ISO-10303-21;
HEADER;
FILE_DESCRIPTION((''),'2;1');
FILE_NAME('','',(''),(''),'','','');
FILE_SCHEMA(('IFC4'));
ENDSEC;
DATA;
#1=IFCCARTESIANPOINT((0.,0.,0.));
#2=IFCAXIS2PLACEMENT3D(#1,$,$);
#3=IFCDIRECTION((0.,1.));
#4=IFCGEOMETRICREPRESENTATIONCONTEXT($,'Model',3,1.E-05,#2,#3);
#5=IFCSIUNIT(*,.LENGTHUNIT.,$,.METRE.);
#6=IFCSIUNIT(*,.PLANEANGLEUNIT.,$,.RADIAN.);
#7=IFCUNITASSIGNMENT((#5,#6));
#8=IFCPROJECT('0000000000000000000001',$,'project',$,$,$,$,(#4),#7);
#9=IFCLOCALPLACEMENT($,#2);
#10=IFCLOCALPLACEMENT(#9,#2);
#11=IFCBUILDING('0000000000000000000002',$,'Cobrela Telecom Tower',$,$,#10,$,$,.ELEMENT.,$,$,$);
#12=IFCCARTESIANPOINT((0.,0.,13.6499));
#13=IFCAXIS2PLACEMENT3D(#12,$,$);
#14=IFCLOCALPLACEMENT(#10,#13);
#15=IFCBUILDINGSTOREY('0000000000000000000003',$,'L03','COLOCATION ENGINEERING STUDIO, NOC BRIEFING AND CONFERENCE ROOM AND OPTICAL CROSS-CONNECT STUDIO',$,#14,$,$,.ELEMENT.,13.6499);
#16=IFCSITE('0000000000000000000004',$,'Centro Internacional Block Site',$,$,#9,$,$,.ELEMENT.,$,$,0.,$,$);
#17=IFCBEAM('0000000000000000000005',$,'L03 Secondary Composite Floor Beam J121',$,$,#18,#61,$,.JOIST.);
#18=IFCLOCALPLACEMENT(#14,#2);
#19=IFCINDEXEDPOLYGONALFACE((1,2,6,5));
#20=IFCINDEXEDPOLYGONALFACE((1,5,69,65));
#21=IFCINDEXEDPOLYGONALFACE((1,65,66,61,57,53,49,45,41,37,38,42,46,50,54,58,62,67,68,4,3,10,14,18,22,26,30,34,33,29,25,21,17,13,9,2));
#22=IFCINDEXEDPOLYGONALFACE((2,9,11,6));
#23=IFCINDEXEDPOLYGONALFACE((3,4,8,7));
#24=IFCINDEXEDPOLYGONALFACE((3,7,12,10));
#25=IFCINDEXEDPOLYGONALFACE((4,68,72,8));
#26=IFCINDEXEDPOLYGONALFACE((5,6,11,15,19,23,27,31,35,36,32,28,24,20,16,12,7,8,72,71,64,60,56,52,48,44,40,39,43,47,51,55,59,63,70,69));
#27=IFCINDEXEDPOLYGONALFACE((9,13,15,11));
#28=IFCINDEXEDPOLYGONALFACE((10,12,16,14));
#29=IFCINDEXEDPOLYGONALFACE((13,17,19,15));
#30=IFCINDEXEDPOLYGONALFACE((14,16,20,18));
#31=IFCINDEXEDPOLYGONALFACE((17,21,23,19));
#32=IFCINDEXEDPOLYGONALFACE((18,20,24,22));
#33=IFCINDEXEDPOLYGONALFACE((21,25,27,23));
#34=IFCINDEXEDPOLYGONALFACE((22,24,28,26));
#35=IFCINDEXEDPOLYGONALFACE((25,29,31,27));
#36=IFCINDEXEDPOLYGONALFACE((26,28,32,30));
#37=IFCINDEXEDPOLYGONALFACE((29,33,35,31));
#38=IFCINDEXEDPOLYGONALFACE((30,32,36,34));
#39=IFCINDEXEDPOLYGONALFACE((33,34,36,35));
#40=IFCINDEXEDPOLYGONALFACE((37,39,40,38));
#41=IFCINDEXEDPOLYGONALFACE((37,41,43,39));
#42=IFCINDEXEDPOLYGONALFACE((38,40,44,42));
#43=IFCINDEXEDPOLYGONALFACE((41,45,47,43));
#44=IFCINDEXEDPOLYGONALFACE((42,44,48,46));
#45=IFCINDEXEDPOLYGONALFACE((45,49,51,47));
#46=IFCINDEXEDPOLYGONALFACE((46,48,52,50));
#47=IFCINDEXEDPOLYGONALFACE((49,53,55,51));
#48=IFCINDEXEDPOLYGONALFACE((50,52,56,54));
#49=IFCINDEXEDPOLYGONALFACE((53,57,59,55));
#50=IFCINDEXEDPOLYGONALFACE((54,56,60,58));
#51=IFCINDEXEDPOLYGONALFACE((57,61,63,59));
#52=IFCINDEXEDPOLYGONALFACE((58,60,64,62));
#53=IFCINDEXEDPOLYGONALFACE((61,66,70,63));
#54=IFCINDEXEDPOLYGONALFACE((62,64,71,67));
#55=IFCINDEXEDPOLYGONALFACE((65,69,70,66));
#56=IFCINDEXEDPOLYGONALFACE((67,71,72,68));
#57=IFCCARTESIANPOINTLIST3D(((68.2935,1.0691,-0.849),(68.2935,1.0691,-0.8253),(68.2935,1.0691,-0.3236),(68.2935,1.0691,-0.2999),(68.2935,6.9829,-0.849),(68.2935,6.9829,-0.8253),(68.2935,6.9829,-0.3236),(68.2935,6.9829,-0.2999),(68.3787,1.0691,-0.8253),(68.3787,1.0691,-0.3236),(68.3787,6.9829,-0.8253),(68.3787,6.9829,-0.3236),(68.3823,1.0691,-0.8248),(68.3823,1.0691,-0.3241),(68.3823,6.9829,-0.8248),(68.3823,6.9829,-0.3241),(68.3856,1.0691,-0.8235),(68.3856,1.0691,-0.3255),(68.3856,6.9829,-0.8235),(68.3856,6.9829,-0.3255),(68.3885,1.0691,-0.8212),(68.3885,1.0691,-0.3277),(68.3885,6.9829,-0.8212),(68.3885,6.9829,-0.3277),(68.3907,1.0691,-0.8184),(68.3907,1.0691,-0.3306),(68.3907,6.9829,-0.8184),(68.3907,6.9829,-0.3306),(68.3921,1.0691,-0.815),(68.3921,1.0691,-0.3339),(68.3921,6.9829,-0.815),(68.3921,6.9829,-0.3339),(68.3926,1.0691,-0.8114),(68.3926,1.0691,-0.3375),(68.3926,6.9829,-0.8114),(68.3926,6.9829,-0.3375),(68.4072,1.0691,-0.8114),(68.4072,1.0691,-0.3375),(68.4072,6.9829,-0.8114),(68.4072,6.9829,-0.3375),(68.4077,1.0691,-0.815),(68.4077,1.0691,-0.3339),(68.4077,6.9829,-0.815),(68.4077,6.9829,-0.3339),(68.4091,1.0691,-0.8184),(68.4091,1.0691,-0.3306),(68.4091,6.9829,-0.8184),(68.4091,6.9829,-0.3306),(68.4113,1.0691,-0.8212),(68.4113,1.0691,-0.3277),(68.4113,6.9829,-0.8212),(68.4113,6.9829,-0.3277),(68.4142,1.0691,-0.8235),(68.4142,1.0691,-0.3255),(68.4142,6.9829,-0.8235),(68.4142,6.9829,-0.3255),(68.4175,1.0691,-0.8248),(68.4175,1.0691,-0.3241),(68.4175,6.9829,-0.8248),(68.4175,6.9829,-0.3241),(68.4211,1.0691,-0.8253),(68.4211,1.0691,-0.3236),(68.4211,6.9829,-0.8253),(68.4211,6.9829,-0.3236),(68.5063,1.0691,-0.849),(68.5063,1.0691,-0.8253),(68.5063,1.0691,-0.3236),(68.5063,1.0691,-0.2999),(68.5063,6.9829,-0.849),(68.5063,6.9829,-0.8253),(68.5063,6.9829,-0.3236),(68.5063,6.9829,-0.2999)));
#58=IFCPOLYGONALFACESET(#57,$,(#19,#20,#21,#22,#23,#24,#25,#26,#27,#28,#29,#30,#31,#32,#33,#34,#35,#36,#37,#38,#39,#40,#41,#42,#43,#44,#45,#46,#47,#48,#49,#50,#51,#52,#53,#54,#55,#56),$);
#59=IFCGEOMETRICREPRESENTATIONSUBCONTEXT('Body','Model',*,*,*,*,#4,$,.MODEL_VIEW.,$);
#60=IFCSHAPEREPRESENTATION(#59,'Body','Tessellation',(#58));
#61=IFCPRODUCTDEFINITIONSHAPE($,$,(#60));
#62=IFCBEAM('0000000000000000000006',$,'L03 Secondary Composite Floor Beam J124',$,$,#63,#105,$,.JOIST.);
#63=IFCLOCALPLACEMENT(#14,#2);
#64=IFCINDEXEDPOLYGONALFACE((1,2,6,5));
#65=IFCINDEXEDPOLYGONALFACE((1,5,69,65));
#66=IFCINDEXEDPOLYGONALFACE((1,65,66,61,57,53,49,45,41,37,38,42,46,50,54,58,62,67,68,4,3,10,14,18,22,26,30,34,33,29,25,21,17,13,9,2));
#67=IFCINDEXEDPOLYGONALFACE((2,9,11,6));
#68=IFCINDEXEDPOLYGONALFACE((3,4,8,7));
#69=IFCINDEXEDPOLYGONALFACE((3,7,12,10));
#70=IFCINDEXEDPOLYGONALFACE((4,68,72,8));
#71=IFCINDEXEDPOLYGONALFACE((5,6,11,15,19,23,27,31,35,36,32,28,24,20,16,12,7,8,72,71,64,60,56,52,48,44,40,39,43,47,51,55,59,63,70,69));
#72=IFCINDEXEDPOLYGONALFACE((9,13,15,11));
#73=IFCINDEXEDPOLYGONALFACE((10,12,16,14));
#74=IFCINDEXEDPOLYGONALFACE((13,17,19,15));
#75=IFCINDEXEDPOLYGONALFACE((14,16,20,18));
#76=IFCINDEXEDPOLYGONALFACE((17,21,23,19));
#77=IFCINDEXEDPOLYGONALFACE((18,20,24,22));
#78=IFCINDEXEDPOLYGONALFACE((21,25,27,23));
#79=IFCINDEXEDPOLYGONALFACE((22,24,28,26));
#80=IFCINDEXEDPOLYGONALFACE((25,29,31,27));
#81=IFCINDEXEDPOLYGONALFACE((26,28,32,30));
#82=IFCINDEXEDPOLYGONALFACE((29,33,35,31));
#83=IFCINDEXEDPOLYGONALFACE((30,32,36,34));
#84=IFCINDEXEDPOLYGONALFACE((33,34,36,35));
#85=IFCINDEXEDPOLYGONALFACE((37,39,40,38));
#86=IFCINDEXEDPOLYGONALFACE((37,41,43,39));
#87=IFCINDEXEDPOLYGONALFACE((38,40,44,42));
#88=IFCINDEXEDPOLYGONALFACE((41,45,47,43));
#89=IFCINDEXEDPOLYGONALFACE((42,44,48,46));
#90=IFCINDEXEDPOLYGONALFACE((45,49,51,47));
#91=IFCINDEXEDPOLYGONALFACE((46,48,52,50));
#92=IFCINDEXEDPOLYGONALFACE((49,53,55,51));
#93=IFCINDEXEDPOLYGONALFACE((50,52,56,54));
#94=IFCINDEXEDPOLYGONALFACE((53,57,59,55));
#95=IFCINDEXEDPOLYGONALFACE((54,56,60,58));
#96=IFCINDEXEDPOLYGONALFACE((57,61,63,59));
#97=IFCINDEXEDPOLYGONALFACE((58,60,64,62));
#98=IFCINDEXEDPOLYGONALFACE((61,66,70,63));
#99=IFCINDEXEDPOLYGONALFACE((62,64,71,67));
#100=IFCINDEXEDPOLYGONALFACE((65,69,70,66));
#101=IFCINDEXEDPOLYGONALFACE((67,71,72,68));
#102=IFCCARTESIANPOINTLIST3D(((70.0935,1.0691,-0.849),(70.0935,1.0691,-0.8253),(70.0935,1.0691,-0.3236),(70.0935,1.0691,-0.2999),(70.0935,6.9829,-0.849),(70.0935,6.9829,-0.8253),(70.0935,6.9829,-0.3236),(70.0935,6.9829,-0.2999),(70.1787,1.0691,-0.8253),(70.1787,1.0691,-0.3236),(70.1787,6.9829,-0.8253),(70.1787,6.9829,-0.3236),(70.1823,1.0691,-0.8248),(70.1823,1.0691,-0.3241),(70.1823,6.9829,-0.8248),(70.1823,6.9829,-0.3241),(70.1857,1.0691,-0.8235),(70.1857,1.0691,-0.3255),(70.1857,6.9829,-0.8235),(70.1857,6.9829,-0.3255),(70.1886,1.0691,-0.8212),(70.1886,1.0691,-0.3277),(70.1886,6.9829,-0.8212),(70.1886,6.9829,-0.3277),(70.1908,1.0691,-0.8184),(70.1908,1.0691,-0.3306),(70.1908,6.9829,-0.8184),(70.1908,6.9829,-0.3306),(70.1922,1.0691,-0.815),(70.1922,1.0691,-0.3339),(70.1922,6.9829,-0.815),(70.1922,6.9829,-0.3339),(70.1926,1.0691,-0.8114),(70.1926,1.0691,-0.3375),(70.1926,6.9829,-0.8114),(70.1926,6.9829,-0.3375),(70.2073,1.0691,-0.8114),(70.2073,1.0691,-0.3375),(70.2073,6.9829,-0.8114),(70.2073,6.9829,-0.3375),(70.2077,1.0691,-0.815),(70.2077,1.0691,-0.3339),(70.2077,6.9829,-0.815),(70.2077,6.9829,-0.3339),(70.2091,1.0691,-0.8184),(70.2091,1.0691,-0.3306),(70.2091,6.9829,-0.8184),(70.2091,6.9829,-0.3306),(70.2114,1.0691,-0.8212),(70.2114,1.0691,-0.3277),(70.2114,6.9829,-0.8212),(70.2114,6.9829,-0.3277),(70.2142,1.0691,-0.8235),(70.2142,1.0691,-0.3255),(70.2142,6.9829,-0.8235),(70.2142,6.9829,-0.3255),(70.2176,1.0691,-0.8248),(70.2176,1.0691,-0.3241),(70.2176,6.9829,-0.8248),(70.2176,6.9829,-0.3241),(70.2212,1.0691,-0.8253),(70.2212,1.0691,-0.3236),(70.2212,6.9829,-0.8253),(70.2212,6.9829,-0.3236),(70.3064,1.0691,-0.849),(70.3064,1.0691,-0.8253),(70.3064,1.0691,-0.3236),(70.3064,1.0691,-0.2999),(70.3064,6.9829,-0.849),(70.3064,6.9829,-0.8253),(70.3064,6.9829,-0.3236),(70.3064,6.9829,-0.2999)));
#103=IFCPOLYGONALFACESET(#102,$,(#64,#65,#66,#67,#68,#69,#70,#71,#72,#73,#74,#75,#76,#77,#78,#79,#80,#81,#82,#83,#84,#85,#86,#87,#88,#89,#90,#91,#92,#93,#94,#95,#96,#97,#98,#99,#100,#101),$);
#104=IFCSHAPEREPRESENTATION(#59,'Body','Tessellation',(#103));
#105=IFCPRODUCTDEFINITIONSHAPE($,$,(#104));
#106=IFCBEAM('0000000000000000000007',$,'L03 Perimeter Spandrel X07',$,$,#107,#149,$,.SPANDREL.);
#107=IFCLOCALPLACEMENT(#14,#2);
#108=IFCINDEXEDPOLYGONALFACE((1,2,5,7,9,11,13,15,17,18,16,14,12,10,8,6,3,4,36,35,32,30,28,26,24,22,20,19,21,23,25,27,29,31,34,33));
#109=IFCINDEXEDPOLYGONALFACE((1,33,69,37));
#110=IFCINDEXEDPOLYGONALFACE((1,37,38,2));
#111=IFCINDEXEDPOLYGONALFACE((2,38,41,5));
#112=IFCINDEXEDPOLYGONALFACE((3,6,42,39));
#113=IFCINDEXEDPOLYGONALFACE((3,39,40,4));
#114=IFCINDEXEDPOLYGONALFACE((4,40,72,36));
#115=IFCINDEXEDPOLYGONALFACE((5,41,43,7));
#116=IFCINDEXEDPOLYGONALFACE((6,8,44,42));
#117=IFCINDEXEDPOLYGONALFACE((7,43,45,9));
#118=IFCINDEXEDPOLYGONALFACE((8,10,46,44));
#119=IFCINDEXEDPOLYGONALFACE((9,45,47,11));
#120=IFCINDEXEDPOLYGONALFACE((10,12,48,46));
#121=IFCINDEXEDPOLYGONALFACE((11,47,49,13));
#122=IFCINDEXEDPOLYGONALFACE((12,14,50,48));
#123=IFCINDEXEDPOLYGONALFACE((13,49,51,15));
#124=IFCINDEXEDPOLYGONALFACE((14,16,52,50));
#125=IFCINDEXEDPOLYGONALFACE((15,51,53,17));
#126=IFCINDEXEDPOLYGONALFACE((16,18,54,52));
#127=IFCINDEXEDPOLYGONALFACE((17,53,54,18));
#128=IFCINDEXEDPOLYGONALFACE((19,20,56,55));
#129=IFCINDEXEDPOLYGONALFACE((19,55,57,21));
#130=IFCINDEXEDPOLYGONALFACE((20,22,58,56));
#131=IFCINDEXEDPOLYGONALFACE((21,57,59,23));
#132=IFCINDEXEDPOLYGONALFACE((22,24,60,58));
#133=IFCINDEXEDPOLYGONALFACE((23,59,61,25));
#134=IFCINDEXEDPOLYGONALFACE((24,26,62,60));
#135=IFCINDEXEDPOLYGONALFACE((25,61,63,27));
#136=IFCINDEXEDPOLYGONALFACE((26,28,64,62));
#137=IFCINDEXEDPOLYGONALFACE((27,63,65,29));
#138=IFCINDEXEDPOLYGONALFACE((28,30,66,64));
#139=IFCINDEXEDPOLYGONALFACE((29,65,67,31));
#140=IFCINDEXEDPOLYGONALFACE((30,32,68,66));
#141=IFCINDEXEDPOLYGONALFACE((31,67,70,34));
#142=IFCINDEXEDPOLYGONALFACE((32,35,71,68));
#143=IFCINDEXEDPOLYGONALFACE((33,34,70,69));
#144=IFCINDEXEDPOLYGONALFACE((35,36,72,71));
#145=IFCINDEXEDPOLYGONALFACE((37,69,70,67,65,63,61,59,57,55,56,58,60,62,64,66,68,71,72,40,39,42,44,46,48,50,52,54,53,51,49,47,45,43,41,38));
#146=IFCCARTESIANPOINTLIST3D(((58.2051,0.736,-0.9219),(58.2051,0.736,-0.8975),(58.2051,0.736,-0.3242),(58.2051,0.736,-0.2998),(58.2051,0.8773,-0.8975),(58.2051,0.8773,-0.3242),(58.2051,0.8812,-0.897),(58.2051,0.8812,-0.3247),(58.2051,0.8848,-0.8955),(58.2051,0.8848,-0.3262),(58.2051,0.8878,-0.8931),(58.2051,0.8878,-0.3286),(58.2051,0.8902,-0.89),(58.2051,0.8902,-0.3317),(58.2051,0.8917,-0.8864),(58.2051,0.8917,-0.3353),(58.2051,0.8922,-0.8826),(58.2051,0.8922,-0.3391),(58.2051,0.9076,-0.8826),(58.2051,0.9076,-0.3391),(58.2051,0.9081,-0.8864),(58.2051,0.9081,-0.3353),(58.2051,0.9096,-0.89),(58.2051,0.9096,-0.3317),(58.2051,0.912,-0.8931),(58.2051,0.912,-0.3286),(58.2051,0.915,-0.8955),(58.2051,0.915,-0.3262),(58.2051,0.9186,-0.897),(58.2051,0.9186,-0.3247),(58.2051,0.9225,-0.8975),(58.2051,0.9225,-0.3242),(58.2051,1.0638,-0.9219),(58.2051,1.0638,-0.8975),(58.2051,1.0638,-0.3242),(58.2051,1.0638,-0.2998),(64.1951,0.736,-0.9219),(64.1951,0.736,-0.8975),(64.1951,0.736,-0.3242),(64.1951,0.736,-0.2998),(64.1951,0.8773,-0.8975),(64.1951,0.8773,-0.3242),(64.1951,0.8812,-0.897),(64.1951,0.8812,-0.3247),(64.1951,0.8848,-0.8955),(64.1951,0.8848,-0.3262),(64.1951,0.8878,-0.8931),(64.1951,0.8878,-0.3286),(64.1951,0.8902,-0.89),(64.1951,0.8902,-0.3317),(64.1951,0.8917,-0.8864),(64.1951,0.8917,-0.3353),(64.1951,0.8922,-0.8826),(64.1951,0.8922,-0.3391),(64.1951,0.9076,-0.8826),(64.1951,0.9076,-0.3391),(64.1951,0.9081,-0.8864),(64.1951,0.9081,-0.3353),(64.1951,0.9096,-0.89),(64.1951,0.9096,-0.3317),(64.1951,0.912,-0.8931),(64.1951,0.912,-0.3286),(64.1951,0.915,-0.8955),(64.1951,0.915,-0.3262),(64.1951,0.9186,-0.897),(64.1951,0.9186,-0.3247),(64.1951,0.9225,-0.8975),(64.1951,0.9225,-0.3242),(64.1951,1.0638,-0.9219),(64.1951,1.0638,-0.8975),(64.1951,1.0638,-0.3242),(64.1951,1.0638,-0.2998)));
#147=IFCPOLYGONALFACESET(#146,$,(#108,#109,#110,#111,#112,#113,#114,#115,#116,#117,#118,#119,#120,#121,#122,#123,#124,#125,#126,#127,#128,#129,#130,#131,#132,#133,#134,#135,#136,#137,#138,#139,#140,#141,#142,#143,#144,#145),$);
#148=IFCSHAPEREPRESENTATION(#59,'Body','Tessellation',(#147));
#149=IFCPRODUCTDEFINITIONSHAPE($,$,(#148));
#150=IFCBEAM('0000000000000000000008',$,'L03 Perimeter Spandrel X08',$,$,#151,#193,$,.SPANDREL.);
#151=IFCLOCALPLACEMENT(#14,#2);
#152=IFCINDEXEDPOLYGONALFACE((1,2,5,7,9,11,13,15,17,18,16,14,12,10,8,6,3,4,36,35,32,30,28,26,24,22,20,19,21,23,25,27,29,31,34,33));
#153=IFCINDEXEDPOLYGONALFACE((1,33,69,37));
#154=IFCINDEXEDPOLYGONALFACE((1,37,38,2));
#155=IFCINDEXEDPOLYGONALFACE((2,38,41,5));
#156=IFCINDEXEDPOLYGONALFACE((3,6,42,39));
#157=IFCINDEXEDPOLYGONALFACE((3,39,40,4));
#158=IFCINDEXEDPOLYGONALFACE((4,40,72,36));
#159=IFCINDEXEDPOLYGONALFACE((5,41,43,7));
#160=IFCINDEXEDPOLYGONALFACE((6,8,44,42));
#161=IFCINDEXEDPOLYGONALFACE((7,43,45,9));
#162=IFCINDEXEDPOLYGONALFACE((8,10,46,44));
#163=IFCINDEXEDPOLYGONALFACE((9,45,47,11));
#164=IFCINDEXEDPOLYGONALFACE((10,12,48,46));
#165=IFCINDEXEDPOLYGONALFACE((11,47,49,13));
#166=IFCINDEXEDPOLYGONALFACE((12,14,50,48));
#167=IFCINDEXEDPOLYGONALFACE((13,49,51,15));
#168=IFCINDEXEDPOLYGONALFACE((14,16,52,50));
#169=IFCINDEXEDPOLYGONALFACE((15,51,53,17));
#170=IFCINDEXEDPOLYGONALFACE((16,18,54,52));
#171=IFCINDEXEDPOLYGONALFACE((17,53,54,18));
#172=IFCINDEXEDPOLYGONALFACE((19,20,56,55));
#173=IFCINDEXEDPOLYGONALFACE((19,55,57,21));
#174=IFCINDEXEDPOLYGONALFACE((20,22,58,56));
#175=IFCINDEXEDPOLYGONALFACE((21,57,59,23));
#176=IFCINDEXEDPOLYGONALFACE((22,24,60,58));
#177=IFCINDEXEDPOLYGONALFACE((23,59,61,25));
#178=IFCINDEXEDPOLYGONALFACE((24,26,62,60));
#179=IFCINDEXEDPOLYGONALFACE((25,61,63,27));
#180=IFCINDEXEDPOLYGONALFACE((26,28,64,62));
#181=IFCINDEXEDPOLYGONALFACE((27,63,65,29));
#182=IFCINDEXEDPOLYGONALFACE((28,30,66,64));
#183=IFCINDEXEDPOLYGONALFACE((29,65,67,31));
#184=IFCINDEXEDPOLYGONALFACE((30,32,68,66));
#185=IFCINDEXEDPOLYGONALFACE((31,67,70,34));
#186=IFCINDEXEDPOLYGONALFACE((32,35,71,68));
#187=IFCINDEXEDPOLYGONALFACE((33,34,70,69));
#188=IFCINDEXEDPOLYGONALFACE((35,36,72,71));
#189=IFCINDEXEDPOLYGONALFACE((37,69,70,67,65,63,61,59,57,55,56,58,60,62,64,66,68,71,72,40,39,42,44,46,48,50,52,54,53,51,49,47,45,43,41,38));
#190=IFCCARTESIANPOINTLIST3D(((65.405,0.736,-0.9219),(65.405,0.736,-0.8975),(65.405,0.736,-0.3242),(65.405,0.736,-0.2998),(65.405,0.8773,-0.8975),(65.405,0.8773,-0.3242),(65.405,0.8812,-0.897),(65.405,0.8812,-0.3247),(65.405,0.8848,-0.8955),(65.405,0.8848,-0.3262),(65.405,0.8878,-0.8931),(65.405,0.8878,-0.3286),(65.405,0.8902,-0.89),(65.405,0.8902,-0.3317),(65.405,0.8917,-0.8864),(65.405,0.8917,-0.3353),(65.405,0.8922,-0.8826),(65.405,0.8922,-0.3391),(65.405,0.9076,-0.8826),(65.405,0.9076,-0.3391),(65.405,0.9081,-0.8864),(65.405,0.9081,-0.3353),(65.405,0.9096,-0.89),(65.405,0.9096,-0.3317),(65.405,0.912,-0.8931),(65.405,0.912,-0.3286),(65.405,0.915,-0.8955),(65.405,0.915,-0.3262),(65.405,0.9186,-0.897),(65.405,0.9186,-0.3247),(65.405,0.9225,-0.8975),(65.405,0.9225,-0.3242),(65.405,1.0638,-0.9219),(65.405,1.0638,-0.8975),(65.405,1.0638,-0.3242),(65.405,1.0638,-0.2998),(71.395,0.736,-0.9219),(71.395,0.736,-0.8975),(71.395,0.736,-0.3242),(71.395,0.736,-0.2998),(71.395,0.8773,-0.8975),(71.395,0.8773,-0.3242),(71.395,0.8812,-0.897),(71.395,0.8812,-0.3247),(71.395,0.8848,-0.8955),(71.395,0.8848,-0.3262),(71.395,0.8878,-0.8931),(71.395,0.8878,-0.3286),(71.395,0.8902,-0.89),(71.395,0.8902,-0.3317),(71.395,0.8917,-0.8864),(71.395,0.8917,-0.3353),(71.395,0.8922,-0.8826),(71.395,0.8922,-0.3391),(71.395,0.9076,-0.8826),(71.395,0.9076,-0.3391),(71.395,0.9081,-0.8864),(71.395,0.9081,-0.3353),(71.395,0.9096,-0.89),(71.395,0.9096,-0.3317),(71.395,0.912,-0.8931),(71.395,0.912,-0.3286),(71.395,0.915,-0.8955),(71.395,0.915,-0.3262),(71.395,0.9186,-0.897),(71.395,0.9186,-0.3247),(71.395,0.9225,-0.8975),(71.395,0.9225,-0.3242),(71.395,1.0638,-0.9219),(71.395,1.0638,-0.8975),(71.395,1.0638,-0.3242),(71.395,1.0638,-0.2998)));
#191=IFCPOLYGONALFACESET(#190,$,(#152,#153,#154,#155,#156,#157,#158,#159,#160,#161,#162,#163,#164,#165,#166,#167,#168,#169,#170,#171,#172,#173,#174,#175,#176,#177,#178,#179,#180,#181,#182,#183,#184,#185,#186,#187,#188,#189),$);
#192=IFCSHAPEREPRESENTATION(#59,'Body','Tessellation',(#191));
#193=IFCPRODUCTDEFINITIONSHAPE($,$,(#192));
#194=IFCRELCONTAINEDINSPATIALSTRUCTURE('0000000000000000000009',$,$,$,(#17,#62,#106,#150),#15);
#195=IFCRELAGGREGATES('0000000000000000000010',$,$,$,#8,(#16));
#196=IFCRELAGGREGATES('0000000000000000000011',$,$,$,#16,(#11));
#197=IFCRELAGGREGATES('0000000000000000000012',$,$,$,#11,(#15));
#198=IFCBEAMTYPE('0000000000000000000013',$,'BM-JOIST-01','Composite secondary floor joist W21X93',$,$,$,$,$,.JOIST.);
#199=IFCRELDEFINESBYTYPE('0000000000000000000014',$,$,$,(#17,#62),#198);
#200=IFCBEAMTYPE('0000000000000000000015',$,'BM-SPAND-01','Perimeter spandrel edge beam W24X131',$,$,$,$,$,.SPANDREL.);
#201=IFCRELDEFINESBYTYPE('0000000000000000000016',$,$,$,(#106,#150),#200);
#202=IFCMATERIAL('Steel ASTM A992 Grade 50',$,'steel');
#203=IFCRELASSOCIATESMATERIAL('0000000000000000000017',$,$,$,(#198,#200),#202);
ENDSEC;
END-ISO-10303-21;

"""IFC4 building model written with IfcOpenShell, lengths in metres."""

from ifc_helpers import new_model, si_unit, direction, frame, origin, origin_2d, place, context, subcontext, project, spatial, i_section, extrude, material, material_profile, profile_set, type_object, element, save


model = new_model("IFC4")

# Units and contexts
model_context = context("Model", 3, precision=1e-05, world=origin(), true_north=direction((0.0, 1.0)))
body_context = subcontext(model_context, "Body", "Model", "MODEL_VIEW")
ifc_project = project(units=[si_unit("LENGTHUNIT", "METRE"), si_unit("PLANEANGLEUNIT", "RADIAN")], contexts=[model_context])

# Site, building, storey
site_placement = place(None, origin())
site = spatial("IfcSite", under=ifc_project, at=site_placement, Name="Centro Internacional Block Site", CompositionType="ELEMENT", RefElevation=0.0)
building_placement = place(site_placement, origin())
building = spatial("IfcBuilding", under=site, at=building_placement, Name="Cobrela Telecom Tower", CompositionType="ELEMENT")
storey_placement = place(building_placement, frame((0.0, 0.0, 13.6499)))
storey = spatial("IfcBuildingStorey", under=building, at=storey_placement, Name="L03", Description="COLOCATION ENGINEERING STUDIO, NOC BRIEFING AND CONFERENCE ROOM AND OPTICAL CROSS-CONNECT STUDIO", CompositionType="ELEMENT", Elevation=13.6499)

# Beams
ifc_material_1 = material(Name="Steel ASTM A992 Grade 50", Category="steel")
ifc_material_profile_1 = material_profile(ifc_material_1, i_section(OverallWidth=0.2129, OverallDepth=0.5491, WebThickness=0.0146, FlangeThickness=0.0237, FilletRadius=0.0139, at=origin_2d()), Name="W21X93")
ifc_profile_set_1 = profile_set([ifc_material_profile_1], Name="Steel ASTM A992 Grade 50")
beam_type_1 = type_object("IfcBeamType", Name="BM-JOIST-01", Description="Composite secondary floor joist W21X93", PredefinedType="JOIST", material=ifc_profile_set_1)
for number, where, z_axis, x_axis, name in (
    (1, (68.3999, 1.0691, -0.5745), (0.0, 1.0, 0.0), (-1.0, 0.0, 0.0), "L03 Secondary Composite Floor Beam J121"),
    (2, (70.2, 1.0691, -0.5745), (0.0, 1.0, 0.0), (-1.0, 0.0, 0.0), "L03 Secondary Composite Floor Beam J124"),
):
    element("IfcBeam", number, at=place(storey_placement, frame(where, z_axis=z_axis, x_axis=x_axis)), inside=storey, type_object=beam_type_1, Name=name, PredefinedType="JOIST", context=body_context, shape_type="SweptSolid", body=[
        extrude(i_section(OverallWidth=0.2129, OverallDepth=0.5491, WebThickness=0.0146, FlangeThickness=0.0237, FilletRadius=0.0139, at=origin_2d()), origin(), (0.0, 0.0, 1.0), 5.9138),
    ])
ifc_material_profile_2 = material_profile(ifc_material_1, i_section(OverallWidth=0.3279, OverallDepth=0.6221, WebThickness=0.0154, FlangeThickness=0.0244, FilletRadius=0.0149, at=origin_2d()), Name="W24X131")
ifc_profile_set_2 = profile_set([ifc_material_profile_2], Name="Steel ASTM A992 Grade 50")
beam_type_2 = type_object("IfcBeamType", Name="BM-SPAND-01", Description="Perimeter spandrel edge beam W24X131", PredefinedType="SPANDREL", material=ifc_profile_set_2)
for number, where, z_axis, x_axis, name in (
    (3, (58.2051, 0.8999, -0.6108), (1.0, 0.0, 0.0), (0.0, 1.0, 0.0), "L03 Perimeter Spandrel X07"),
    (4, (65.405, 0.8999, -0.6108), (1.0, 0.0, 0.0), (0.0, 1.0, 0.0), "L03 Perimeter Spandrel X08"),
):
    element("IfcBeam", number, at=place(storey_placement, frame(where, z_axis=z_axis, x_axis=x_axis)), inside=storey, type_object=beam_type_2, Name=name, PredefinedType="SPANDREL", context=body_context, shape_type="SweptSolid", body=[
        extrude(i_section(OverallWidth=0.3279, OverallDepth=0.6221, WebThickness=0.0154, FlangeThickness=0.0244, FilletRadius=0.0149, at=origin_2d()), origin(), (0.0, 0.0, 1.0), 5.99),
    ])

save(model, "model.ifc")
